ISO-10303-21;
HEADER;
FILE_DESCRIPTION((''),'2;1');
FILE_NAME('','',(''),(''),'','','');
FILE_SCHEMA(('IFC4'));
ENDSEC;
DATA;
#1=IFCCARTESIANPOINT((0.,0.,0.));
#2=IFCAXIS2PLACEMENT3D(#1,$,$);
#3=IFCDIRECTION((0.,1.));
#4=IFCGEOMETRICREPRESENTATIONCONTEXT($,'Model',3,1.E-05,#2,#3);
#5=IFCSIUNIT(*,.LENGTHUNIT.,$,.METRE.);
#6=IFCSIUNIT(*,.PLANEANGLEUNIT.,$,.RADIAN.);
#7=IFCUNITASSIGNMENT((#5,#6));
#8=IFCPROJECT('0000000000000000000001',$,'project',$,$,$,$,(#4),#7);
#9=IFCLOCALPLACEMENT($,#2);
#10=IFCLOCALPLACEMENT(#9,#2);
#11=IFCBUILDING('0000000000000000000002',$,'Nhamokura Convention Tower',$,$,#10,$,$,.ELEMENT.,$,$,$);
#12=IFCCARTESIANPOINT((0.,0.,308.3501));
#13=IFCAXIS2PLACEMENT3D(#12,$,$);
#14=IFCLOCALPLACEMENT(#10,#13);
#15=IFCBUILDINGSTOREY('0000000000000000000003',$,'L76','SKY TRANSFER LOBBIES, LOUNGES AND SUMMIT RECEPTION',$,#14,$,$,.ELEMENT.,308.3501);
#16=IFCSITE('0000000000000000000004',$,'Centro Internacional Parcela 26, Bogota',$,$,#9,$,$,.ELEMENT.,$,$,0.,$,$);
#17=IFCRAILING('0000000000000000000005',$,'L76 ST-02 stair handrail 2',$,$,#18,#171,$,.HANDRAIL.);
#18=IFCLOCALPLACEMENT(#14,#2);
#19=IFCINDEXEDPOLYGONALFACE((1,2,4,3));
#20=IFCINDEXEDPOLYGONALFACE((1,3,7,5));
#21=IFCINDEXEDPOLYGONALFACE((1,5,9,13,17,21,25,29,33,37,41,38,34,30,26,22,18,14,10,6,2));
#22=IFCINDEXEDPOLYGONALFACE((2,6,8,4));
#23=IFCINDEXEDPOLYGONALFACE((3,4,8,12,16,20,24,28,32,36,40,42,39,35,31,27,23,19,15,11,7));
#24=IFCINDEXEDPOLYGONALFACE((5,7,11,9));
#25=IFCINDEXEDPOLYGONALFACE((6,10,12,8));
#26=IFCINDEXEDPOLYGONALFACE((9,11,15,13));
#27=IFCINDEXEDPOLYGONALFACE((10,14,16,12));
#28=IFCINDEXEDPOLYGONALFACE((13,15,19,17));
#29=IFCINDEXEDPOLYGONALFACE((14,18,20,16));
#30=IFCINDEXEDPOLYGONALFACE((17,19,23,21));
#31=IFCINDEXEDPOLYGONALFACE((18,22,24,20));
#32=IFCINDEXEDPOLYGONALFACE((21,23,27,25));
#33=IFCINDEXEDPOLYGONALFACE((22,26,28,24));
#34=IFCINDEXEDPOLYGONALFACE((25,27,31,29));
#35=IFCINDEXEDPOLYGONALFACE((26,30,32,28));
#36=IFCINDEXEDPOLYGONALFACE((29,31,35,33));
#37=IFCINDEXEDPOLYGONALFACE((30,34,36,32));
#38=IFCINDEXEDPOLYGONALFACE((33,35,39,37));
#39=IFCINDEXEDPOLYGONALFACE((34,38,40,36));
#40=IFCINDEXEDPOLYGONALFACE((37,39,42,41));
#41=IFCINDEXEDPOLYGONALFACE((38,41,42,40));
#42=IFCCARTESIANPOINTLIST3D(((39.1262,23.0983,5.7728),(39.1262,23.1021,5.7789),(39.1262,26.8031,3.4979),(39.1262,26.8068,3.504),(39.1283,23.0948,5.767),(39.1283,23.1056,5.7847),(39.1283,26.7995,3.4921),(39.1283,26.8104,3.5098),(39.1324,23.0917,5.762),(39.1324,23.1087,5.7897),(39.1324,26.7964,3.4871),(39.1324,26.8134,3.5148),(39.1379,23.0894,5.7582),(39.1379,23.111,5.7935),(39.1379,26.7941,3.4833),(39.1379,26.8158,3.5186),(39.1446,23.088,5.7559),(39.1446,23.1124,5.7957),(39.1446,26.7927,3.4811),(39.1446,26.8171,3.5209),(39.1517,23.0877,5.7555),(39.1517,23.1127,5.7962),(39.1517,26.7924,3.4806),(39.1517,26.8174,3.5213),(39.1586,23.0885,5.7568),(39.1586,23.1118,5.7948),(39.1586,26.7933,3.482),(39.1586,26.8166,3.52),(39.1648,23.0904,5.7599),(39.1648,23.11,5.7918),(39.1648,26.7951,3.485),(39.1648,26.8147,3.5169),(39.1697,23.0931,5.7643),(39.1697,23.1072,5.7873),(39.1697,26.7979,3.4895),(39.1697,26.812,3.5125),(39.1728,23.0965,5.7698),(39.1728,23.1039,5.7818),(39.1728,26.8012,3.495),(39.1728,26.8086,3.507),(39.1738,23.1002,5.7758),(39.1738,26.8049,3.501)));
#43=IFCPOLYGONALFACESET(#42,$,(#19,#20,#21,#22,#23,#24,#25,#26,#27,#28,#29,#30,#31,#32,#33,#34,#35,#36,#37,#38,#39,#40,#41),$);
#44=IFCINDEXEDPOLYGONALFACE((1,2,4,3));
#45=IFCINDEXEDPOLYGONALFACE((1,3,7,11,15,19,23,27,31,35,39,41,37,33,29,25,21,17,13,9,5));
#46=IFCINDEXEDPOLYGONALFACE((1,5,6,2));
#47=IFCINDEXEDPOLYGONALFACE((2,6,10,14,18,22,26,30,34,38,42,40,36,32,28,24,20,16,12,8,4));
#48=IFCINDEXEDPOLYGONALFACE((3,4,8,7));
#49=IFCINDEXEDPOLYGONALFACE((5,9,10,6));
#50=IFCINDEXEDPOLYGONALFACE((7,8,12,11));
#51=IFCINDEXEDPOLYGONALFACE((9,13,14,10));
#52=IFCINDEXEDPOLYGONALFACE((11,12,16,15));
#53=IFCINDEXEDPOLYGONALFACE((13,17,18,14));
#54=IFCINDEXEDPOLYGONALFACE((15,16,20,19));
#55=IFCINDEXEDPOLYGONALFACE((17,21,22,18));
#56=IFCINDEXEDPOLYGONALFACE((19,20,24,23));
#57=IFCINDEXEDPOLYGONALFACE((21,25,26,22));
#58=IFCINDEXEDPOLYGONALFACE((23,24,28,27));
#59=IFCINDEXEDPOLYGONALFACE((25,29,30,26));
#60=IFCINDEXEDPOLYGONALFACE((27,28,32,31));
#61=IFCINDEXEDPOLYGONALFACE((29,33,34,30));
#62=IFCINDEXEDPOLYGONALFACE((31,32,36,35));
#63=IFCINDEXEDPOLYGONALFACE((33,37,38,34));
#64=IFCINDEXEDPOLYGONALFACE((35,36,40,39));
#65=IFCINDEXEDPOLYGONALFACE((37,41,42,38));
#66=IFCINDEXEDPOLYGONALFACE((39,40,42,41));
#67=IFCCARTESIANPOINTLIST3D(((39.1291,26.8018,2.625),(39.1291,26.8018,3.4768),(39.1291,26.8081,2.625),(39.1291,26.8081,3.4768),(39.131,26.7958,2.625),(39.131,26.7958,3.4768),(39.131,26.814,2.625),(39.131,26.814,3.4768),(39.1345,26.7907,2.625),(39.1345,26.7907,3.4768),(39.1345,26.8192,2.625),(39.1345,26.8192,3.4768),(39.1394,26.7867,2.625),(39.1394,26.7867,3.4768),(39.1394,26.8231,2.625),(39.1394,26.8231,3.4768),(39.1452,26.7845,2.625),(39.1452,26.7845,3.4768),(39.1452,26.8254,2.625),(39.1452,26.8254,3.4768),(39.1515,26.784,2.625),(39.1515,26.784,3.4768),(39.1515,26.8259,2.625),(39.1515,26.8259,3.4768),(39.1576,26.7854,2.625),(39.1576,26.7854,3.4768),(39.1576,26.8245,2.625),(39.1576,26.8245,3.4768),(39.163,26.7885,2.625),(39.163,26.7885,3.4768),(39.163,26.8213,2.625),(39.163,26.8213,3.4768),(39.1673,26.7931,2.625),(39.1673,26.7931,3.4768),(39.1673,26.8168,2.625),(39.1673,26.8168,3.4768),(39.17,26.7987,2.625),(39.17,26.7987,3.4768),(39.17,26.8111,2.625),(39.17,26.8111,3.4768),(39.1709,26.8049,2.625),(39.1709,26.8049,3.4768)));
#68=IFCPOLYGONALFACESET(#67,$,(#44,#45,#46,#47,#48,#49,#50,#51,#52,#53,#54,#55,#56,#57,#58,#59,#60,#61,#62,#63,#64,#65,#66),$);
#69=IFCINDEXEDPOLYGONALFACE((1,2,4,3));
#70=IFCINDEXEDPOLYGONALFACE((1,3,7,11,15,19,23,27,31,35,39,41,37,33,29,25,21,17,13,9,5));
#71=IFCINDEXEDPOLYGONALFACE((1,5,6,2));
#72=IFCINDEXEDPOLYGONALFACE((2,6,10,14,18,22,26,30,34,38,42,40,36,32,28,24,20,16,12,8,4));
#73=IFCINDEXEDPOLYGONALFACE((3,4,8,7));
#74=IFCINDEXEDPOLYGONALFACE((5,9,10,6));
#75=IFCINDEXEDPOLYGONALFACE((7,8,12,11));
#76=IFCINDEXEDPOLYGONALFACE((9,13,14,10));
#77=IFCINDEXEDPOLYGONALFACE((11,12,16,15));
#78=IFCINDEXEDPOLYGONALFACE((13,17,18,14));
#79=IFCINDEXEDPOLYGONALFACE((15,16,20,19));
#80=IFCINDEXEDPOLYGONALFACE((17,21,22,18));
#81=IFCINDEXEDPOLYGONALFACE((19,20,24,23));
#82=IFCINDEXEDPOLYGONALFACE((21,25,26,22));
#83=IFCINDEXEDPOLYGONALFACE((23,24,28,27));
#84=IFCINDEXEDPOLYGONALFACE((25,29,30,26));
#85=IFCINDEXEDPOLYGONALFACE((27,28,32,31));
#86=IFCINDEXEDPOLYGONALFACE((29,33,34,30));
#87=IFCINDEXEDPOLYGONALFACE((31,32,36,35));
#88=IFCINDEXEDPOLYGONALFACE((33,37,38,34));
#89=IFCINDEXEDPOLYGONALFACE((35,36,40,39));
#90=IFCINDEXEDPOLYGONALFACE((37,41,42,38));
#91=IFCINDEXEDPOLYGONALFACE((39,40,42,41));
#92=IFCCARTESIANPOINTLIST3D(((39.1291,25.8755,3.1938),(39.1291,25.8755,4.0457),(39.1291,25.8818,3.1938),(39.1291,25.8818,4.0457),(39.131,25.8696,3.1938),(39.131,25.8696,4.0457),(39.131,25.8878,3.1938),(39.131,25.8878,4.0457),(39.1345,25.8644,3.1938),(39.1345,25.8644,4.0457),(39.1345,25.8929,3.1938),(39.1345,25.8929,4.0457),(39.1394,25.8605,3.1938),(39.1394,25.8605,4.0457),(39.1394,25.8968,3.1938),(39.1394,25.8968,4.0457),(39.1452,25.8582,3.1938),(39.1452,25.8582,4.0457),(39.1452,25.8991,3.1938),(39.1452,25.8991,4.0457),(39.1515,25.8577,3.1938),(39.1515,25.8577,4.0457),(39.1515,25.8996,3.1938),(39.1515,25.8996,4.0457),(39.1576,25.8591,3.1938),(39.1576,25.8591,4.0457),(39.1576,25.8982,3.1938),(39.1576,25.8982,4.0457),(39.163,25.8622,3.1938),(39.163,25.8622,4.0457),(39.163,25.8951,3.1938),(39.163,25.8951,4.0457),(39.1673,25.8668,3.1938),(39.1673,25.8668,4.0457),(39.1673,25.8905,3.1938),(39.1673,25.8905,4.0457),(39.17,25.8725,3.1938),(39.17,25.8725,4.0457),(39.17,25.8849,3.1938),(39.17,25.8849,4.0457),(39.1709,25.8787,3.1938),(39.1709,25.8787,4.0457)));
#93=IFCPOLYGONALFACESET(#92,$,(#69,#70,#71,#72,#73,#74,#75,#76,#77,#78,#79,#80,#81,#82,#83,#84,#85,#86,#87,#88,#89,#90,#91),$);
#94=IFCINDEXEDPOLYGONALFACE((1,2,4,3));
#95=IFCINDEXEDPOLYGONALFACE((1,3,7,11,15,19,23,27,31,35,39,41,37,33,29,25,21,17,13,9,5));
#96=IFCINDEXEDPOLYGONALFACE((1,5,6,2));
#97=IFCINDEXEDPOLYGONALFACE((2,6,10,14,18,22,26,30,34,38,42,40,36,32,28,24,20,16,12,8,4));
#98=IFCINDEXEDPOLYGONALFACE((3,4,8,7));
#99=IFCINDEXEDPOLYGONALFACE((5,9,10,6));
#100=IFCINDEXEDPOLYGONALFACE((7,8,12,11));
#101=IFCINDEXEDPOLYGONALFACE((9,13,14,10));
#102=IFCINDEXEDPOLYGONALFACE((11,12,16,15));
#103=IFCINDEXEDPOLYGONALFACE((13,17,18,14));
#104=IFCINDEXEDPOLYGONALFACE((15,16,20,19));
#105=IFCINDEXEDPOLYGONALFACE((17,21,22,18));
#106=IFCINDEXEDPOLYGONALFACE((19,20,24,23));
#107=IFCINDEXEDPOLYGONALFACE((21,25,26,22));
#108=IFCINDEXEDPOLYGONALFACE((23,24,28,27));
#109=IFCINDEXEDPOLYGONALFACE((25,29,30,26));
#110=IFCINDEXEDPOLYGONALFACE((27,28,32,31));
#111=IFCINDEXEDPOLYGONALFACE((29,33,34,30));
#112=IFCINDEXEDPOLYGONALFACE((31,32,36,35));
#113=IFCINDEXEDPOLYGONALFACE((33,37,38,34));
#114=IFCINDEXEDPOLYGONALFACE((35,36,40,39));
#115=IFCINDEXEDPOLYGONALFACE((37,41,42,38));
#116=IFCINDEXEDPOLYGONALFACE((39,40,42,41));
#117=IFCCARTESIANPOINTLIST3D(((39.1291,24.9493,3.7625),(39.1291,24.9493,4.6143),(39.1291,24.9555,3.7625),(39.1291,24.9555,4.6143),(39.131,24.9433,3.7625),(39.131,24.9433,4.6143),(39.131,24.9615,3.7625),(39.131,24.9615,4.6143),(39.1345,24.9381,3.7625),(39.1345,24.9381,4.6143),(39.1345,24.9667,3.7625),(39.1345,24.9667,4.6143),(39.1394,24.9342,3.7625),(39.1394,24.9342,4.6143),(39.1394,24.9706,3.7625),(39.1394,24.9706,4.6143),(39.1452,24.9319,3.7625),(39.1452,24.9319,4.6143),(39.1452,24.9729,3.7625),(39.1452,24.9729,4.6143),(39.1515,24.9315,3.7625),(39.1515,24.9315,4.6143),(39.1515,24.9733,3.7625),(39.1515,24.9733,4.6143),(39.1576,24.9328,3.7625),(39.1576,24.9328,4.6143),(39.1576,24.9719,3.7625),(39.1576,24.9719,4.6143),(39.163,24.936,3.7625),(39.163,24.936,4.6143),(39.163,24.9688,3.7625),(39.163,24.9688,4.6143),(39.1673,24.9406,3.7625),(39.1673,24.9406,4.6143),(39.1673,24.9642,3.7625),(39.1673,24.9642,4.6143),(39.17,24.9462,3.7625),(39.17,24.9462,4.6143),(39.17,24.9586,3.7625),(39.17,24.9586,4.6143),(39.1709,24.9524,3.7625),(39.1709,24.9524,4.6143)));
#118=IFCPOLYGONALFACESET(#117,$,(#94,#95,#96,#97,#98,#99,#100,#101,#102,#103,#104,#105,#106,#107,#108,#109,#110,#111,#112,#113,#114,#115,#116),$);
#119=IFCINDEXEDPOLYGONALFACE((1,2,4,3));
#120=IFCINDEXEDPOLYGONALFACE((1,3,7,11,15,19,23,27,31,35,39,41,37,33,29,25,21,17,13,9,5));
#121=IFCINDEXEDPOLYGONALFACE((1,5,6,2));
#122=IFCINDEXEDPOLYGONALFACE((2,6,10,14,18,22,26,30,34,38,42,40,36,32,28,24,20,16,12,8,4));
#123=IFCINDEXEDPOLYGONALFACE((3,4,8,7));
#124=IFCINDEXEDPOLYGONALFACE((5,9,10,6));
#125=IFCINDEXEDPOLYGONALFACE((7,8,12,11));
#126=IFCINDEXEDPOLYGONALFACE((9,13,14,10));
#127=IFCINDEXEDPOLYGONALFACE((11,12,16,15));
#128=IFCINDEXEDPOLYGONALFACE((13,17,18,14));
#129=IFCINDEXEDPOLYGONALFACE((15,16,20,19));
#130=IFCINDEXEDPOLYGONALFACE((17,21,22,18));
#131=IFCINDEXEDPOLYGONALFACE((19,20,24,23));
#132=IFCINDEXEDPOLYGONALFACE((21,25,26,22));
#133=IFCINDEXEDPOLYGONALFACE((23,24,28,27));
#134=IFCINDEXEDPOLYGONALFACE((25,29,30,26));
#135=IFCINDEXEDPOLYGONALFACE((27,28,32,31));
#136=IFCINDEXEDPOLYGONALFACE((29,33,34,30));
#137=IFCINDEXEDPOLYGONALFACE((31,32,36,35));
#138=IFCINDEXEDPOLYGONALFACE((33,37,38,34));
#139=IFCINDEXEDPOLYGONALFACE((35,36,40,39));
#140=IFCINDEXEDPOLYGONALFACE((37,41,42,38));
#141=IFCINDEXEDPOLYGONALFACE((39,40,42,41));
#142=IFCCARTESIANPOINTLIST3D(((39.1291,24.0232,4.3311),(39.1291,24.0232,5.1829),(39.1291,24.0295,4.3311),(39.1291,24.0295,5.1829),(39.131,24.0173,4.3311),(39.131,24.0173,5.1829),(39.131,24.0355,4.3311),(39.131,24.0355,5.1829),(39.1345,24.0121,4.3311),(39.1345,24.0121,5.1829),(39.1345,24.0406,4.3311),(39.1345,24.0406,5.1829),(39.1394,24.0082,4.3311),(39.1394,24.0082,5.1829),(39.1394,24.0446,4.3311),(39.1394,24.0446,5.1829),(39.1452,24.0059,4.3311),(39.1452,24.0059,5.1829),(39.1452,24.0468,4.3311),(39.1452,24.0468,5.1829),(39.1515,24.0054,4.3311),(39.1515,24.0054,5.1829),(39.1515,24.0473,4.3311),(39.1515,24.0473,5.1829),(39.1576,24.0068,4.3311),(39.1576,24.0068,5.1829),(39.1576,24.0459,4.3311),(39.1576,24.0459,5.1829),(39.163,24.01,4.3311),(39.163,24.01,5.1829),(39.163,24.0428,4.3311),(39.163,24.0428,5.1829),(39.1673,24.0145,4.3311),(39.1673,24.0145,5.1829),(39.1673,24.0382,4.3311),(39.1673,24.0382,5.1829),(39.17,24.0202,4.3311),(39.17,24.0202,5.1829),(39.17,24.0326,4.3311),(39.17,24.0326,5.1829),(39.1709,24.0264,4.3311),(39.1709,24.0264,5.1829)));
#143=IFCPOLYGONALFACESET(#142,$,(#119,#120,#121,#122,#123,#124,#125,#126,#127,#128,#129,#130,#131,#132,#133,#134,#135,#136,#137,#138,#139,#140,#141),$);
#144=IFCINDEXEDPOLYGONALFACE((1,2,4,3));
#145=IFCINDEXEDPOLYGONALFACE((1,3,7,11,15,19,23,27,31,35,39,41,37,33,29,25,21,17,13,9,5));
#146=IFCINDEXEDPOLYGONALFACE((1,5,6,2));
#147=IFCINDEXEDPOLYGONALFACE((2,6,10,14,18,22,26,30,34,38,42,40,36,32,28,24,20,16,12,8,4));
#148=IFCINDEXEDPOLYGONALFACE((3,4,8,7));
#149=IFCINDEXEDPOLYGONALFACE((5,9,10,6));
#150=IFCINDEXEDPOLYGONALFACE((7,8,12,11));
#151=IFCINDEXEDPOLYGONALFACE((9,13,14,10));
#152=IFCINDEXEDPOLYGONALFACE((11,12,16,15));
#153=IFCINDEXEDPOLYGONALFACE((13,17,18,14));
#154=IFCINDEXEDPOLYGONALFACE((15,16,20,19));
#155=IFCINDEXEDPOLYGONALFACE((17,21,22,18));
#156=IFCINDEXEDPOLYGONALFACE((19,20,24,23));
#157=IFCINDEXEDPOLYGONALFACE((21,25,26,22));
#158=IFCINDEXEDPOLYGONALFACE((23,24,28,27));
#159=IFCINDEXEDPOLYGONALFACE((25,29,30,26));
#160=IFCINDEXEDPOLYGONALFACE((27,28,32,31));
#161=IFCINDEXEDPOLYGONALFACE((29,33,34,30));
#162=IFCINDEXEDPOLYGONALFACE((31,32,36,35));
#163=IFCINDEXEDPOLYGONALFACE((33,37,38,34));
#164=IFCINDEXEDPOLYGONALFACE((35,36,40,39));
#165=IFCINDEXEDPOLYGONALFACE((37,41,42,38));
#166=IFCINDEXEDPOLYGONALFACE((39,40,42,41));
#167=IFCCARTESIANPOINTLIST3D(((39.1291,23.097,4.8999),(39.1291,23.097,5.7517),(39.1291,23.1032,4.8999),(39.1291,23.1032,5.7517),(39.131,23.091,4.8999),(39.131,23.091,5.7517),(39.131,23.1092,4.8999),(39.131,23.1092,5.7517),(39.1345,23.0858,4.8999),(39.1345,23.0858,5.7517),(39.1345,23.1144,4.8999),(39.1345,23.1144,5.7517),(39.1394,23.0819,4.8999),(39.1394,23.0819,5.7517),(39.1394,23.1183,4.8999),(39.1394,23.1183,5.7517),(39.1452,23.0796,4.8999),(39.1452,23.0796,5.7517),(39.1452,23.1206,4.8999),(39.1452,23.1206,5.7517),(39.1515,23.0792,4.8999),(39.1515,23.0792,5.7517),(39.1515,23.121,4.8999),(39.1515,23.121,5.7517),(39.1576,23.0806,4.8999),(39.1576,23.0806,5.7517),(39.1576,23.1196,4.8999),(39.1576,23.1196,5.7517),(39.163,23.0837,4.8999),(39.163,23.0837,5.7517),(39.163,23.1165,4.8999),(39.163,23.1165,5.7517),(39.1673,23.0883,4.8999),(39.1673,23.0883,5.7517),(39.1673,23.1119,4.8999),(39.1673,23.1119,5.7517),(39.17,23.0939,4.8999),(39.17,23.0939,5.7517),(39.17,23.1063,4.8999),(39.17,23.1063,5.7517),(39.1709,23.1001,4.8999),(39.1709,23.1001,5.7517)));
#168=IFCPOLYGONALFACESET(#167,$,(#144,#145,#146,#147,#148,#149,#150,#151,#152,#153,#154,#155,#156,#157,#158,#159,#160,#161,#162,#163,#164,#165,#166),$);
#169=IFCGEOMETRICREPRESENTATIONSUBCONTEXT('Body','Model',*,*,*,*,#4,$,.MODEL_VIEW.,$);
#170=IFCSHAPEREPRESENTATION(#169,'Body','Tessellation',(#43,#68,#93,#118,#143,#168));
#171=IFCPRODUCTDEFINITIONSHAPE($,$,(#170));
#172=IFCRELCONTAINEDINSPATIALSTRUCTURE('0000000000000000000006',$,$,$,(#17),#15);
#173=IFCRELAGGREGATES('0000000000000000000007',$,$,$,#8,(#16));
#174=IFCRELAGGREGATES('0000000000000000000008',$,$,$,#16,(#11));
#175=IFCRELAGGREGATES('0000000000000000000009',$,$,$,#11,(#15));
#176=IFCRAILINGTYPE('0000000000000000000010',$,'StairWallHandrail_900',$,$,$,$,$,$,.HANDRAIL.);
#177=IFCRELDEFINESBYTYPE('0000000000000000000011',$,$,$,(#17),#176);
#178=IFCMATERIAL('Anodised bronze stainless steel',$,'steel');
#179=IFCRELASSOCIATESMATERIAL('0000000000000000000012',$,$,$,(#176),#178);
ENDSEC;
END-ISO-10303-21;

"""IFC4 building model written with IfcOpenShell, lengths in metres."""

from ifc_helpers import new_model, si_unit, direction, frame, origin, origin_2d, place, context, subcontext, project, spatial, circle, extrude, material, type_object, element, save


model = new_model("IFC4")

# Units and contexts
model_context = context("Model", 3, precision=1e-05, world=origin(), true_north=direction((0.0, 1.0)))
body_context = subcontext(model_context, "Body", "Model", "MODEL_VIEW")
ifc_project = project(units=[si_unit("LENGTHUNIT", "METRE"), si_unit("PLANEANGLEUNIT", "RADIAN")], contexts=[model_context])

# Site, building, storey
site_placement = place(None, origin())
site = spatial("IfcSite", under=ifc_project, at=site_placement, Name="Centro Internacional Parcela 26, Bogota", CompositionType="ELEMENT", RefElevation=0.0)
building_placement = place(site_placement, origin())
building = spatial("IfcBuilding", under=site, at=building_placement, Name="Nhamokura Convention Tower", CompositionType="ELEMENT")
storey_placement = place(building_placement, frame((0.0, 0.0, 308.3501)))
storey = spatial("IfcBuildingStorey", under=building, at=storey_placement, Name="L76", Description="SKY TRANSFER LOBBIES, LOUNGES AND SUMMIT RECEPTION", CompositionType="ELEMENT", Elevation=308.3501)

# Railing
ifc_material_1 = material(Name="Anodised bronze stainless steel", Category="steel")
railing_type_1 = type_object("IfcRailingType", Name="StairWallHandrail_900", PredefinedType="HANDRAIL", material=ifc_material_1)
railing_1_placement = place(storey_placement, frame((39.1499, 26.8049, 2.625)))
element("IfcRailing", 1, at=railing_1_placement, inside=storey, type_object=railing_type_1, Name="L76 ST-02 stair handrail 2", PredefinedType="HANDRAIL", context=body_context, shape_type="SweptSolid", body=[
    extrude(circle(Radius=0.0239, at=origin_2d()), frame((0.0, 0.0, 0.876), z_axis=(0.0, -0.852171, 0.523264), x_axis=(1.0, 0.0, 0.0)), (0.0, 0.0, 1.0), 4.3474),
    extrude(circle(Radius=0.021, at=origin_2d()), origin(), (0.0, 0.0, 1.0), 0.8518),
    extrude(circle(Radius=0.021, at=origin_2d()), frame((0.0, -0.9263, 0.5688)), (0.0, 0.0, 1.0), 0.8518),
    extrude(circle(Radius=0.021, at=origin_2d()), frame((0.0, -1.8525, 1.1375)), (0.0, 0.0, 1.0), 0.8518),
    extrude(circle(Radius=0.021, at=origin_2d()), frame((0.0, -2.7786, 1.7061)), (0.0, 0.0, 1.0), 0.8518),
    extrude(circle(Radius=0.021, at=origin_2d()), frame((0.0, -3.7048, 2.2749)), (0.0, 0.0, 1.0), 0.8518),
])

save(model, "model.ifc")
